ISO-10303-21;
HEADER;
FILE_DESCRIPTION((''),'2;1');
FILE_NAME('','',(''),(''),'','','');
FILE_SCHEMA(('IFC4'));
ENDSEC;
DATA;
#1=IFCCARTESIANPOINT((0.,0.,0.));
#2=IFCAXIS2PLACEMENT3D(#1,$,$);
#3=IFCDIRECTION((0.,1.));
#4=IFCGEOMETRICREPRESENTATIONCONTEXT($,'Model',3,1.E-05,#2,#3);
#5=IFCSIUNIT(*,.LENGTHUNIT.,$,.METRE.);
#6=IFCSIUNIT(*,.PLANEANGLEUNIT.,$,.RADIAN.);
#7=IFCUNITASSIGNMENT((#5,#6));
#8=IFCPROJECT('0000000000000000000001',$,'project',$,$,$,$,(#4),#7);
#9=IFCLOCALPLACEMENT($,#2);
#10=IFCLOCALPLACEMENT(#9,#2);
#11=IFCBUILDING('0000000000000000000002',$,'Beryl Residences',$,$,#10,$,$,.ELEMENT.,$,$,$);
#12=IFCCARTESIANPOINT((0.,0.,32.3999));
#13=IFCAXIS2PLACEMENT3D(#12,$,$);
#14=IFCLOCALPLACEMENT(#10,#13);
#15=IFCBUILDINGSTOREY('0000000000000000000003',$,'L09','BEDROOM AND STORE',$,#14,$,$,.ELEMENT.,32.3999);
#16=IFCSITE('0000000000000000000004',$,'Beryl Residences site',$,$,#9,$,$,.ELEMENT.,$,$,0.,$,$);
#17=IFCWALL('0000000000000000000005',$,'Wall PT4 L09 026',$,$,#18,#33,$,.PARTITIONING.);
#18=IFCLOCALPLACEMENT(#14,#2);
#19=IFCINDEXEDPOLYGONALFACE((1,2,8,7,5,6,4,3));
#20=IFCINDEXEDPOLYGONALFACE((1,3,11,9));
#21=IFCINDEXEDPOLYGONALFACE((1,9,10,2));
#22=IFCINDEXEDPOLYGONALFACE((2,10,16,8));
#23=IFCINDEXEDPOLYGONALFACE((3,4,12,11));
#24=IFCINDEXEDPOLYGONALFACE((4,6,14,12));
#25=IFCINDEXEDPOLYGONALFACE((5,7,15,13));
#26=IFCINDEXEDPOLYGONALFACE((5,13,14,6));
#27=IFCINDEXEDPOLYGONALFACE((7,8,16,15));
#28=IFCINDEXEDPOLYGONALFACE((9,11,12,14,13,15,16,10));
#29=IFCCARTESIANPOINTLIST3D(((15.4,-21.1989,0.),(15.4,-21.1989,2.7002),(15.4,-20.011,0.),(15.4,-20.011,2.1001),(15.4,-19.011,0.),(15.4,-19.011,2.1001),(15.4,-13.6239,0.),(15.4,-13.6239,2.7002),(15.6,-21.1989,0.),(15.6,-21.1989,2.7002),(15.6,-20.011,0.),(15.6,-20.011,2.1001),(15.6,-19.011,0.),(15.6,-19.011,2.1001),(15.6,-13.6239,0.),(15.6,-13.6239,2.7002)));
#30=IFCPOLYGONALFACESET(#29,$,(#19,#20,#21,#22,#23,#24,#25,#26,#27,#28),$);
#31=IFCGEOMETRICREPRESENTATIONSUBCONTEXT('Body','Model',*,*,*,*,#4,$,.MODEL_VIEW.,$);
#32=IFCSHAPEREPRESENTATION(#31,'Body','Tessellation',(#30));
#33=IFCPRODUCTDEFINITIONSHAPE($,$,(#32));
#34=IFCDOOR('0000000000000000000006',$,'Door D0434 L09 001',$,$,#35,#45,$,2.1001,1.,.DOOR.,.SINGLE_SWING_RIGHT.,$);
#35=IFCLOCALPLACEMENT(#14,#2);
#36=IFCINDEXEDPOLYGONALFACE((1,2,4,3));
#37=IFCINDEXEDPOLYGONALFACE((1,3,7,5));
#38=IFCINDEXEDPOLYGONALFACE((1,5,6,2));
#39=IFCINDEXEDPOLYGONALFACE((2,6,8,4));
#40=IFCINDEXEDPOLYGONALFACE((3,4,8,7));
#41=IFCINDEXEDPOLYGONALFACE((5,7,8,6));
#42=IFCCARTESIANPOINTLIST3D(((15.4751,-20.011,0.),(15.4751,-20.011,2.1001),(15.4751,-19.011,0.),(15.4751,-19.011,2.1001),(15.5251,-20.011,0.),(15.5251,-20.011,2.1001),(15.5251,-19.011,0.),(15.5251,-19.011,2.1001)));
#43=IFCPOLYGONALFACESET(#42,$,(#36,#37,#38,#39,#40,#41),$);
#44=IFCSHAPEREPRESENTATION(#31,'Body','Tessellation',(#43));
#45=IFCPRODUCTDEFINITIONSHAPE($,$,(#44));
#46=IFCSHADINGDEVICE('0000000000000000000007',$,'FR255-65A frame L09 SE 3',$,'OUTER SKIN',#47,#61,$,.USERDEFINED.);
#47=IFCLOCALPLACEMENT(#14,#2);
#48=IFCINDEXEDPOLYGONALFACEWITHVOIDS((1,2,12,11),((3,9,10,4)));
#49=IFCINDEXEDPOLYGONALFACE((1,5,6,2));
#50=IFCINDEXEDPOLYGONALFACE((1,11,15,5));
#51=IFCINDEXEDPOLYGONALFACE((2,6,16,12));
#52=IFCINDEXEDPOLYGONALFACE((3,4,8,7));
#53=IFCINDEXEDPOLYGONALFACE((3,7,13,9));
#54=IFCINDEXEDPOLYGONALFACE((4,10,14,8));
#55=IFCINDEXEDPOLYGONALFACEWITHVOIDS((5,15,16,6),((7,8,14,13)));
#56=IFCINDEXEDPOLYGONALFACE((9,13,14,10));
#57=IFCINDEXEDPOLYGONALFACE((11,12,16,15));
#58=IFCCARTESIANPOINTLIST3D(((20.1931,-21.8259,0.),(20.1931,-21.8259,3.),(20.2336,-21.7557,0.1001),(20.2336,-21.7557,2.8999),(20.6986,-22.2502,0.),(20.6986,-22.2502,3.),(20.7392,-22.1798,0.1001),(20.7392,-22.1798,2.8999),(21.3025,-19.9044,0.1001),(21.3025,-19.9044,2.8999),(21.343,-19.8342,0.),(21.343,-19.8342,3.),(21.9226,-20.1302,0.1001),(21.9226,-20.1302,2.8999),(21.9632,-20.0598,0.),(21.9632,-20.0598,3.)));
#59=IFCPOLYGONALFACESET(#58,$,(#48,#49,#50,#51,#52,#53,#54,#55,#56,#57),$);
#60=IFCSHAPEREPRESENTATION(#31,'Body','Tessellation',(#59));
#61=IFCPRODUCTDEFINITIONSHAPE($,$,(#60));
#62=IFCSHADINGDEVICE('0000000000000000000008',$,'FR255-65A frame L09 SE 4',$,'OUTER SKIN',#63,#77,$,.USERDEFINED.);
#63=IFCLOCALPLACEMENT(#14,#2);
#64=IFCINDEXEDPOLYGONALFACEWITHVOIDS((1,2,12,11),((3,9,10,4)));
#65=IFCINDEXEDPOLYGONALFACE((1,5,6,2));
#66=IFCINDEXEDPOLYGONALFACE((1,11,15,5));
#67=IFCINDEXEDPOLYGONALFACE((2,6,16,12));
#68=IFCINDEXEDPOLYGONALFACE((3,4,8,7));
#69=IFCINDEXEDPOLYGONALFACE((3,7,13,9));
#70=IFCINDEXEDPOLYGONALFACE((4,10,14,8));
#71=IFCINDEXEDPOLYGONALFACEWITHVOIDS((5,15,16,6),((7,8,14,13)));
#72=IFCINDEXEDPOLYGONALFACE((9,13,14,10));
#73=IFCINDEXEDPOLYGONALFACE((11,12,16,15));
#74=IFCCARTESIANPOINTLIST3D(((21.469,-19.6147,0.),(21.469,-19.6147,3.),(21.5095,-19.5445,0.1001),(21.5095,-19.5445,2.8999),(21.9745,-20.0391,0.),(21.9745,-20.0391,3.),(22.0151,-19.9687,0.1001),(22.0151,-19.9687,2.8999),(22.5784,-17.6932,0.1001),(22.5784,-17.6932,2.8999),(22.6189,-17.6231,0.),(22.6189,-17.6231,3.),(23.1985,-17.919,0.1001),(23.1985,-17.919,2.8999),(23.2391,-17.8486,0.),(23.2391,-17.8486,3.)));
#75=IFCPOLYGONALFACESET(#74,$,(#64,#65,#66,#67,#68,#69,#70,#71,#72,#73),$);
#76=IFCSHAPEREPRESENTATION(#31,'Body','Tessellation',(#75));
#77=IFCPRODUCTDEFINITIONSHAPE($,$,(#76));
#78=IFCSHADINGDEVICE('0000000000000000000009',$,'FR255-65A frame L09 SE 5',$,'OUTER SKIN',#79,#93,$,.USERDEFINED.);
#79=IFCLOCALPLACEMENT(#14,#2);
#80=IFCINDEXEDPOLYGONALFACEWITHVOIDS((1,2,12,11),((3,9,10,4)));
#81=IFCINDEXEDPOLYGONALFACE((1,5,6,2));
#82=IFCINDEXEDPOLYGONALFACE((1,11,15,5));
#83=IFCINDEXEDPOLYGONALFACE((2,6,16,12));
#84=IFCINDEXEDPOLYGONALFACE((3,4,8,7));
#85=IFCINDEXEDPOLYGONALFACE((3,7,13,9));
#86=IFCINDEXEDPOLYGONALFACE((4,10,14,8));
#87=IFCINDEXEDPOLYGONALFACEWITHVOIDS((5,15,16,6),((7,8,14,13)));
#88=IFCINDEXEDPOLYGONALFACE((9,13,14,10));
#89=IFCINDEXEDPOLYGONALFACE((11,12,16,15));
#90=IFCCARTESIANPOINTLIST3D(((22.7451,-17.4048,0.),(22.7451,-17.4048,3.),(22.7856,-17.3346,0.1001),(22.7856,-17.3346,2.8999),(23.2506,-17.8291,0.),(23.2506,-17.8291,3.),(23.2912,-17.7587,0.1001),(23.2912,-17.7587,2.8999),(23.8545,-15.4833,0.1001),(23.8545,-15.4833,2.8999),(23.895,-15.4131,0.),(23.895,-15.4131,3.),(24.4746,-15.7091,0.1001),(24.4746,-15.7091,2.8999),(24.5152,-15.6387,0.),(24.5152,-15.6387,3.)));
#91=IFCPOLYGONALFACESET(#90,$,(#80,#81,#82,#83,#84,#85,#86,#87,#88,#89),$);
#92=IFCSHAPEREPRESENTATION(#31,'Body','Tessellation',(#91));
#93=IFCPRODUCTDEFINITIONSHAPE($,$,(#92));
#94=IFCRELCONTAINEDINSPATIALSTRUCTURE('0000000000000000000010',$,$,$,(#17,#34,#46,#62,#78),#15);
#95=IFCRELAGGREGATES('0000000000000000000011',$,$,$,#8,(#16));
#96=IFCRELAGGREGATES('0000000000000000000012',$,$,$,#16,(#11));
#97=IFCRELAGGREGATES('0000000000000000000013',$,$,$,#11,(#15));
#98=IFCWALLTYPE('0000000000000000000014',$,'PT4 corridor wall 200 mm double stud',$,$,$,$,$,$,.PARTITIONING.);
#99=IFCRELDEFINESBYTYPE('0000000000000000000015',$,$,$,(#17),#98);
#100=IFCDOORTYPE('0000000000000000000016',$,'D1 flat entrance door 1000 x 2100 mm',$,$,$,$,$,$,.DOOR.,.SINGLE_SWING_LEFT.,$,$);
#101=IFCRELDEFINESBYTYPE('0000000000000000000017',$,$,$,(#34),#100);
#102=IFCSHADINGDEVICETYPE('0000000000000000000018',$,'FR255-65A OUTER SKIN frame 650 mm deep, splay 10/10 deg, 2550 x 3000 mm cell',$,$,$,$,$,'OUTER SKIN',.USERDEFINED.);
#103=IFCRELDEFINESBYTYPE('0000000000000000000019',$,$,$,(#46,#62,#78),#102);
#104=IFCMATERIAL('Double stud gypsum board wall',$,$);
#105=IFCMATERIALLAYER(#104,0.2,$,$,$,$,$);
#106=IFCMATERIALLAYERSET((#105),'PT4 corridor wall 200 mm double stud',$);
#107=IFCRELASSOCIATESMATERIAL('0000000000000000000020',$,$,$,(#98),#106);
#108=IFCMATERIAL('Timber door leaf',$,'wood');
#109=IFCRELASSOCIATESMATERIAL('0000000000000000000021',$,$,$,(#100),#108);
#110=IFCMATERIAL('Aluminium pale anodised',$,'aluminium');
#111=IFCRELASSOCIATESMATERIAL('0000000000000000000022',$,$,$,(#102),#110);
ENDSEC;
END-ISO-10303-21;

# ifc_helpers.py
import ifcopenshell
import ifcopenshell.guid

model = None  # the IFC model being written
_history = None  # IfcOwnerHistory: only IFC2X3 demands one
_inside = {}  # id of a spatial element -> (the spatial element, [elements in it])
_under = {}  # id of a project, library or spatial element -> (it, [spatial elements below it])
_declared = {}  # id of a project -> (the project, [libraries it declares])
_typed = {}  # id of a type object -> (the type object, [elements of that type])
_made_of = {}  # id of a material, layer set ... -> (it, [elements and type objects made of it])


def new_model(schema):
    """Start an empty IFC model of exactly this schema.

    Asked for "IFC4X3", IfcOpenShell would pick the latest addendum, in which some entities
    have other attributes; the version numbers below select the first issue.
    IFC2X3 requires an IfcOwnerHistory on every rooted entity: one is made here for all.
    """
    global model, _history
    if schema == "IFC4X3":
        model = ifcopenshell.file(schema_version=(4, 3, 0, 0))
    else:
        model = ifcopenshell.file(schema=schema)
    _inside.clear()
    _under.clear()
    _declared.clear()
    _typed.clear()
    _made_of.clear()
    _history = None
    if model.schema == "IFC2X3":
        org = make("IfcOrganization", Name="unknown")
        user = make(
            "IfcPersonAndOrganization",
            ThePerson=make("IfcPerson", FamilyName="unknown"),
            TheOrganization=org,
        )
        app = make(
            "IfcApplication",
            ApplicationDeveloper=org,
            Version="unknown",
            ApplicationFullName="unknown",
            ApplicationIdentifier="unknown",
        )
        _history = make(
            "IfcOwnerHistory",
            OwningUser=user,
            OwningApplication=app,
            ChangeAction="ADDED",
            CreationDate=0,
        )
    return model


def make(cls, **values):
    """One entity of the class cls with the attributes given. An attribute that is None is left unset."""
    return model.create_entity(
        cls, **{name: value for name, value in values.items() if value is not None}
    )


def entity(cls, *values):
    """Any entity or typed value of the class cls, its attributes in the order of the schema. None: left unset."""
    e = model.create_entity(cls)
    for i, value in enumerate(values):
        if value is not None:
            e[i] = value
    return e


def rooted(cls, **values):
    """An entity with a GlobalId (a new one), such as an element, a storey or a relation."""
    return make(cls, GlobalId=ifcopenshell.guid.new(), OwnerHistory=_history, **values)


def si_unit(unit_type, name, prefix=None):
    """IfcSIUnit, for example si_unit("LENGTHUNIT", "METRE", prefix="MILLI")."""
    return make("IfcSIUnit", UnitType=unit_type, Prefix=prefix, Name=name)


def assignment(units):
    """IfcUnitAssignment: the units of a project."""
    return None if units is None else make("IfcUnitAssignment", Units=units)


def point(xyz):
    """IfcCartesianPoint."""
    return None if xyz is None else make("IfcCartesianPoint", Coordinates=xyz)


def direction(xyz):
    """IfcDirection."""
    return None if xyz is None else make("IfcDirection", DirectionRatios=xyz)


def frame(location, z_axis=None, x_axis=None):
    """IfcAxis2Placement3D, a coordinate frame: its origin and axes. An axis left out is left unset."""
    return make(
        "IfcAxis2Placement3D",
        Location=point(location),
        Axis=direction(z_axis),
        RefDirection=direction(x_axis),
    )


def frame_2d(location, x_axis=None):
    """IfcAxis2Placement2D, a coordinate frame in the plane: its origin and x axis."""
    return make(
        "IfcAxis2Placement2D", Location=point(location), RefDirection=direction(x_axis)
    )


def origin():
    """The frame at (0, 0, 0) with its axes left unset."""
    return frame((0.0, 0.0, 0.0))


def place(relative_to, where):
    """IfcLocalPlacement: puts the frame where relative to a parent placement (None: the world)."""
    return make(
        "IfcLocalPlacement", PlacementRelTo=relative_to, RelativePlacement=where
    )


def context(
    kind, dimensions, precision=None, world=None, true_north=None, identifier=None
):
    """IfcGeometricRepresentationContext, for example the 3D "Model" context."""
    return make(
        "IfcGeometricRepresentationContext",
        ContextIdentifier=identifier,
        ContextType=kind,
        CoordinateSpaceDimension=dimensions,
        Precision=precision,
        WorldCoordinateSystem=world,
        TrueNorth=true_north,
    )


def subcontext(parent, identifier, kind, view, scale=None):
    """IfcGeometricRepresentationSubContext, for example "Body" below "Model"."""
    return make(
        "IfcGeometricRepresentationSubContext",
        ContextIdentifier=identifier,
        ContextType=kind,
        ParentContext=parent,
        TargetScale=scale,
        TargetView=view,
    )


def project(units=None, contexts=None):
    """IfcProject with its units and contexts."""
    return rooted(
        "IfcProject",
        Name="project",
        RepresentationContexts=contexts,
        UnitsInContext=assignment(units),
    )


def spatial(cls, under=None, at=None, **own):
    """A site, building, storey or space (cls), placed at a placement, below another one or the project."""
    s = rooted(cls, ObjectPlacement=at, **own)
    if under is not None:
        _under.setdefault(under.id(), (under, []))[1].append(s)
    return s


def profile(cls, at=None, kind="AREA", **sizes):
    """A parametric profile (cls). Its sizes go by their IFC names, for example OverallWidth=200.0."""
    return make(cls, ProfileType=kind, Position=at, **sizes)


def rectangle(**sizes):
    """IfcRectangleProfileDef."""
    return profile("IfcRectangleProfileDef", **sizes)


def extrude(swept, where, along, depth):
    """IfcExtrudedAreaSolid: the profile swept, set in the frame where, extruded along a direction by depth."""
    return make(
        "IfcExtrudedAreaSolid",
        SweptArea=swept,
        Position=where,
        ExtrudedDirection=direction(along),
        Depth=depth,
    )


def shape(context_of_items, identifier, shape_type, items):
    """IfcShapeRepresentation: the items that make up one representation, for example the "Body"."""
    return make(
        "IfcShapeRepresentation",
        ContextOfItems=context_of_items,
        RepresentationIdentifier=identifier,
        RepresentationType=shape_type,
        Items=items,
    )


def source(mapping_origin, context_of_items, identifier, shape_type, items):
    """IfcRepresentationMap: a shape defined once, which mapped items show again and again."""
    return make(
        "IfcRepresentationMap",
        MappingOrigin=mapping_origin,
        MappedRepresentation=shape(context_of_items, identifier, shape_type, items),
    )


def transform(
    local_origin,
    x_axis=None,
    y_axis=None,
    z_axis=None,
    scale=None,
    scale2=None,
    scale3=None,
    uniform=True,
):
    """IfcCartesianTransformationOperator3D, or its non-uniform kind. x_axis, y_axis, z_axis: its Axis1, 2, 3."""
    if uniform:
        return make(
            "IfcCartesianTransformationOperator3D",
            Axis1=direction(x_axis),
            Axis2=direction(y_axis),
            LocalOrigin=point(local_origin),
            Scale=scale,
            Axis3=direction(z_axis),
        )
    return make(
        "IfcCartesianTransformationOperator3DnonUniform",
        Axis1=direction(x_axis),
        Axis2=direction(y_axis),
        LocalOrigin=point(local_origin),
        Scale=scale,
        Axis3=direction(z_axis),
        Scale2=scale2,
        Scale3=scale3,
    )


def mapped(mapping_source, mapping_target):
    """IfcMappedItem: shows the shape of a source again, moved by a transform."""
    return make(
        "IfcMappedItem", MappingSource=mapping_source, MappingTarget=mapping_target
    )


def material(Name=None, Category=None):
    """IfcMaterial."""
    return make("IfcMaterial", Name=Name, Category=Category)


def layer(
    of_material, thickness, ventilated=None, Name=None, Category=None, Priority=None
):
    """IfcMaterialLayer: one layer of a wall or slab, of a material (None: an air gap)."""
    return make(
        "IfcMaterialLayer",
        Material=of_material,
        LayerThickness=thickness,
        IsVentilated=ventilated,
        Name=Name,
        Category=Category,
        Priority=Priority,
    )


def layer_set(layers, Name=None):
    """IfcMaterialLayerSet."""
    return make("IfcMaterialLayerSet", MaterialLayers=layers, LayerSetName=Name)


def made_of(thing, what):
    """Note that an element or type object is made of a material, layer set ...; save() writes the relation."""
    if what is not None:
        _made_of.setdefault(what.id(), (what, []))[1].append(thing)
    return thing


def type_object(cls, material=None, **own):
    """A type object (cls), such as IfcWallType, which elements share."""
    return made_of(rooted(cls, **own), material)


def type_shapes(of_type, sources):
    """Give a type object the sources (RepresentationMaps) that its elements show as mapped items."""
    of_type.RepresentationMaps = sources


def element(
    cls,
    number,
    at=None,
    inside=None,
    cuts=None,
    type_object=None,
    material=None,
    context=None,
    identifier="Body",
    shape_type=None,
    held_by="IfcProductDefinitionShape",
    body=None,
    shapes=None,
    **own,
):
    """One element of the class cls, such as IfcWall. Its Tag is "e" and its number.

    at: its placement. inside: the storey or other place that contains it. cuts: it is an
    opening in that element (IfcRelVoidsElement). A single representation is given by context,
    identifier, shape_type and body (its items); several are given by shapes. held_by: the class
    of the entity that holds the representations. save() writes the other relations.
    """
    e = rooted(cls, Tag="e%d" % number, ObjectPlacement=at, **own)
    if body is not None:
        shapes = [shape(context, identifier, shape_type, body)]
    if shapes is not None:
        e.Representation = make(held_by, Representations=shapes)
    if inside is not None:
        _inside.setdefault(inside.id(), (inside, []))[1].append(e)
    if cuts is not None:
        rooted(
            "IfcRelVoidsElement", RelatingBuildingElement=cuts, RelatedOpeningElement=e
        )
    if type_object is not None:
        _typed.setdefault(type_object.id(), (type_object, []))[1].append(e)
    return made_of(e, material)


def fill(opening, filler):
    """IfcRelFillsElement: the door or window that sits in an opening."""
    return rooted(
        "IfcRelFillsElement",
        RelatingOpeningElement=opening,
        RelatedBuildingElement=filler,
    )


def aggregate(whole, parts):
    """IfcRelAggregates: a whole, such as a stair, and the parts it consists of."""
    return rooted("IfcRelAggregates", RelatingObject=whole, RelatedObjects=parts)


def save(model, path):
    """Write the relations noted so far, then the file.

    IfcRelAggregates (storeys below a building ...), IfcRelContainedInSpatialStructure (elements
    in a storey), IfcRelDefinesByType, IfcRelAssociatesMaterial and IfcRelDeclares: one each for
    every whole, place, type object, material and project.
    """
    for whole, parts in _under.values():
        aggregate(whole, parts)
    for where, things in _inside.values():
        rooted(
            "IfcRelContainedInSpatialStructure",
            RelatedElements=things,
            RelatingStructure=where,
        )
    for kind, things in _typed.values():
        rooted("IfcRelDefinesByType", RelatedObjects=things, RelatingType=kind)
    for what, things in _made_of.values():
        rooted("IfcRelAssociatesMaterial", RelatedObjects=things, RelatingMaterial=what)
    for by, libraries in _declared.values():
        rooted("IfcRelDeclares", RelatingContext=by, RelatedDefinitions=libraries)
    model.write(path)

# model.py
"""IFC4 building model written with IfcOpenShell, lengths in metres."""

from ifc_helpers import new_model, entity, si_unit, direction, frame, frame_2d, origin, place, context, subcontext, project, spatial, rectangle, extrude, source, transform, mapped, material, layer, layer_set, type_object, type_shapes, element, fill, save


model = new_model("IFC4")

# Units and contexts
model_context = context("Model", 3, precision=1e-05, world=origin(), true_north=direction((0.0, 1.0)))
body_context = subcontext(model_context, "Body", "Model", "MODEL_VIEW")
ifc_project = project(units=[si_unit("LENGTHUNIT", "METRE"), si_unit("PLANEANGLEUNIT", "RADIAN")], contexts=[model_context])

# Site, building, storey
site_placement = place(None, origin())
site = spatial("IfcSite", under=ifc_project, at=site_placement, Name="Beryl Residences site", CompositionType="ELEMENT", RefElevation=0.0)
building_placement = place(site_placement, origin())
building = spatial("IfcBuilding", under=site, at=building_placement, Name="Beryl Residences", CompositionType="ELEMENT")
storey_placement = place(building_placement, frame((0.0, 0.0, 32.3999)))
storey = spatial("IfcBuildingStorey", under=building, at=storey_placement, Name="L09", Description="BEDROOM AND STORE", CompositionType="ELEMENT", Elevation=32.3999)

# Wall, opening, door
ifc_material_1 = material(Name="Double stud gypsum board wall")
ifc_layer_1 = layer(ifc_material_1, 0.2)
ifc_layer_set_1 = layer_set([ifc_layer_1], Name="PT4 corridor wall 200 mm double stud")
wall_type_1 = type_object("IfcWallType", Name="PT4 corridor wall 200 mm double stud", PredefinedType="PARTITIONING", material=ifc_layer_set_1)
wall_1_placement = place(storey_placement, frame((15.5, -21.199, 0.0), z_axis=(0.0, 0.0, 1.0), x_axis=(0.0, 1.0, 0.0)))
wall_1 = element("IfcWall", 1, at=wall_1_placement, inside=storey, type_object=wall_type_1, Name="Wall PT4 L09 026", PredefinedType="PARTITIONING", context=body_context, shape_type="SweptSolid", body=[
    extrude(rectangle(XDim=7.575, YDim=0.2, at=frame_2d((3.7876, 0.0))), origin(), (0.0, 0.0, 1.0), 2.7002),
])
opening_1_placement = place(wall_1_placement, frame((1.188, 0.0, 0.0)))
opening_1 = element("IfcOpeningElement", 2, at=opening_1_placement, cuts=wall_1, PredefinedType="OPENING", context=body_context, shape_type="SweptSolid", body=[
    extrude(rectangle(XDim=1.0, YDim=2.1001, at=frame_2d((0.5, 1.05))), frame((0.0, 0.1099, 0.0), z_axis=(0.0, -1.0, 0.0), x_axis=(1.0, 0.0, 0.0)), (0.0, 0.0, 1.0), 0.22),
])
ifc_material_2 = material(Name="Timber door leaf", Category="wood")
door_type_1 = type_object("IfcDoorType", Name="D1 flat entrance door 1000 x 2100 mm", OperationType="SINGLE_SWING_LEFT", PredefinedType="DOOR", material=ifc_material_2)
door_1_placement = place(opening_1_placement, origin())
door_1 = element("IfcDoor", 3, at=door_1_placement, inside=storey, type_object=door_type_1, Name="Door D0434 L09 001", OperationType="SINGLE_SWING_RIGHT", OverallHeight=2.1001, OverallWidth=1.0, PredefinedType="DOOR", context=body_context, shape_type="SweptSolid", body=[
    extrude(rectangle(XDim=1.0, YDim=2.1001, at=frame_2d((0.5, 1.05))), frame((0.0, 0.0249, 0.0), z_axis=(0.0, -1.0, 0.0), x_axis=(1.0, 0.0, 0.0)), (0.0, 0.0, 1.0), 0.05),
])
fill(opening_1, door_1)

# Shading devices
ifc_material_3 = material(Name="Aluminium pale anodised", Category="aluminium")
shading_device_type = type_object("IfcShadingDeviceType", Name="FR255-65A OUTER SKIN frame 650 mm deep, splay 10/10 deg, 2550 x 3000 mm cell", ElementType="OUTER SKIN", PredefinedType="USERDEFINED", material=ifc_material_3)
cartesian_point_1 = entity("IfcCartesianPoint", [-1.1499, 0.0])
cartesian_point_2 = entity("IfcCartesianPoint", [-1.0688, 0.1001])
cartesian_point_3 = entity("IfcCartesianPoint", [-1.2646, 0.0])
cartesian_point_4 = entity("IfcCartesianPoint", [-1.1833, 0.1001])
shared_shape = source(origin(), body_context, "Body", "SweptSolid", [
    entity("IfcExtrudedAreaSolidTapered", entity("IfcArbitraryProfileDefWithVoids", "AREA", None, entity("IfcPolyline", [cartesian_point_1, entity("IfcCartesianPoint", [1.1499, 0.0]), entity("IfcCartesianPoint", [1.1499, 3.0]), entity("IfcCartesianPoint", [-1.1499, 3.0]), cartesian_point_1]), [entity("IfcPolyline", [cartesian_point_2, entity("IfcCartesianPoint", [1.0688, 0.1001]), entity("IfcCartesianPoint", [1.0688, 2.8999]), entity("IfcCartesianPoint", [-1.0688, 2.8999]), cartesian_point_2])]), entity("IfcAxis2Placement3D", entity("IfcCartesianPoint", [0.0, 0.0, 0.0]), entity("IfcDirection", [0.0, 1.0, 0.0]), entity("IfcDirection", [-1.0, 0.0, 0.0])), entity("IfcDirection", [0.0, 0.0, 1.0]), 0.6499, entity("IfcArbitraryProfileDefWithVoids", "AREA", None, entity("IfcPolyline", [cartesian_point_3, entity("IfcCartesianPoint", [1.2646, 0.0]), entity("IfcCartesianPoint", [1.2646, 3.0]), entity("IfcCartesianPoint", [-1.2646, 3.0]), cartesian_point_3]), [entity("IfcPolyline", [cartesian_point_4, entity("IfcCartesianPoint", [1.1833, 0.1001]), entity("IfcCartesianPoint", [1.1833, 2.8999]), entity("IfcCartesianPoint", [-1.1833, 2.8999]), cartesian_point_4])])),
])
type_shapes(shading_device_type, [shared_shape])
for number, where, z_axis, x_axis, name in (
    (4, (20.7681, -20.8301, 0.0), (0.0, 0.0, 1.0), (-0.5, -0.866025, 0.0), "FR255-65A frame L09 SE 3"),
    (5, (22.0439, -18.6189, 0.0), (0.0, 0.0, 1.0), (-0.5, -0.866025, 0.0), "FR255-65A frame L09 SE 4"),
    (6, (23.3201, -16.4089, 0.0), (0.0, 0.0, 1.0), (-0.5, -0.866025, 0.0), "FR255-65A frame L09 SE 5"),
):
    element("IfcShadingDevice", number, at=place(storey_placement, frame(where, z_axis=z_axis, x_axis=x_axis)), inside=storey, type_object=shading_device_type, Name=name, ObjectType="OUTER SKIN", PredefinedType="USERDEFINED", context=body_context, shape_type="MappedRepresentation", body=[
        mapped(shared_shape, transform((0.0, 0.0, 0.0))),
    ])

save(model, "model.ifc")
